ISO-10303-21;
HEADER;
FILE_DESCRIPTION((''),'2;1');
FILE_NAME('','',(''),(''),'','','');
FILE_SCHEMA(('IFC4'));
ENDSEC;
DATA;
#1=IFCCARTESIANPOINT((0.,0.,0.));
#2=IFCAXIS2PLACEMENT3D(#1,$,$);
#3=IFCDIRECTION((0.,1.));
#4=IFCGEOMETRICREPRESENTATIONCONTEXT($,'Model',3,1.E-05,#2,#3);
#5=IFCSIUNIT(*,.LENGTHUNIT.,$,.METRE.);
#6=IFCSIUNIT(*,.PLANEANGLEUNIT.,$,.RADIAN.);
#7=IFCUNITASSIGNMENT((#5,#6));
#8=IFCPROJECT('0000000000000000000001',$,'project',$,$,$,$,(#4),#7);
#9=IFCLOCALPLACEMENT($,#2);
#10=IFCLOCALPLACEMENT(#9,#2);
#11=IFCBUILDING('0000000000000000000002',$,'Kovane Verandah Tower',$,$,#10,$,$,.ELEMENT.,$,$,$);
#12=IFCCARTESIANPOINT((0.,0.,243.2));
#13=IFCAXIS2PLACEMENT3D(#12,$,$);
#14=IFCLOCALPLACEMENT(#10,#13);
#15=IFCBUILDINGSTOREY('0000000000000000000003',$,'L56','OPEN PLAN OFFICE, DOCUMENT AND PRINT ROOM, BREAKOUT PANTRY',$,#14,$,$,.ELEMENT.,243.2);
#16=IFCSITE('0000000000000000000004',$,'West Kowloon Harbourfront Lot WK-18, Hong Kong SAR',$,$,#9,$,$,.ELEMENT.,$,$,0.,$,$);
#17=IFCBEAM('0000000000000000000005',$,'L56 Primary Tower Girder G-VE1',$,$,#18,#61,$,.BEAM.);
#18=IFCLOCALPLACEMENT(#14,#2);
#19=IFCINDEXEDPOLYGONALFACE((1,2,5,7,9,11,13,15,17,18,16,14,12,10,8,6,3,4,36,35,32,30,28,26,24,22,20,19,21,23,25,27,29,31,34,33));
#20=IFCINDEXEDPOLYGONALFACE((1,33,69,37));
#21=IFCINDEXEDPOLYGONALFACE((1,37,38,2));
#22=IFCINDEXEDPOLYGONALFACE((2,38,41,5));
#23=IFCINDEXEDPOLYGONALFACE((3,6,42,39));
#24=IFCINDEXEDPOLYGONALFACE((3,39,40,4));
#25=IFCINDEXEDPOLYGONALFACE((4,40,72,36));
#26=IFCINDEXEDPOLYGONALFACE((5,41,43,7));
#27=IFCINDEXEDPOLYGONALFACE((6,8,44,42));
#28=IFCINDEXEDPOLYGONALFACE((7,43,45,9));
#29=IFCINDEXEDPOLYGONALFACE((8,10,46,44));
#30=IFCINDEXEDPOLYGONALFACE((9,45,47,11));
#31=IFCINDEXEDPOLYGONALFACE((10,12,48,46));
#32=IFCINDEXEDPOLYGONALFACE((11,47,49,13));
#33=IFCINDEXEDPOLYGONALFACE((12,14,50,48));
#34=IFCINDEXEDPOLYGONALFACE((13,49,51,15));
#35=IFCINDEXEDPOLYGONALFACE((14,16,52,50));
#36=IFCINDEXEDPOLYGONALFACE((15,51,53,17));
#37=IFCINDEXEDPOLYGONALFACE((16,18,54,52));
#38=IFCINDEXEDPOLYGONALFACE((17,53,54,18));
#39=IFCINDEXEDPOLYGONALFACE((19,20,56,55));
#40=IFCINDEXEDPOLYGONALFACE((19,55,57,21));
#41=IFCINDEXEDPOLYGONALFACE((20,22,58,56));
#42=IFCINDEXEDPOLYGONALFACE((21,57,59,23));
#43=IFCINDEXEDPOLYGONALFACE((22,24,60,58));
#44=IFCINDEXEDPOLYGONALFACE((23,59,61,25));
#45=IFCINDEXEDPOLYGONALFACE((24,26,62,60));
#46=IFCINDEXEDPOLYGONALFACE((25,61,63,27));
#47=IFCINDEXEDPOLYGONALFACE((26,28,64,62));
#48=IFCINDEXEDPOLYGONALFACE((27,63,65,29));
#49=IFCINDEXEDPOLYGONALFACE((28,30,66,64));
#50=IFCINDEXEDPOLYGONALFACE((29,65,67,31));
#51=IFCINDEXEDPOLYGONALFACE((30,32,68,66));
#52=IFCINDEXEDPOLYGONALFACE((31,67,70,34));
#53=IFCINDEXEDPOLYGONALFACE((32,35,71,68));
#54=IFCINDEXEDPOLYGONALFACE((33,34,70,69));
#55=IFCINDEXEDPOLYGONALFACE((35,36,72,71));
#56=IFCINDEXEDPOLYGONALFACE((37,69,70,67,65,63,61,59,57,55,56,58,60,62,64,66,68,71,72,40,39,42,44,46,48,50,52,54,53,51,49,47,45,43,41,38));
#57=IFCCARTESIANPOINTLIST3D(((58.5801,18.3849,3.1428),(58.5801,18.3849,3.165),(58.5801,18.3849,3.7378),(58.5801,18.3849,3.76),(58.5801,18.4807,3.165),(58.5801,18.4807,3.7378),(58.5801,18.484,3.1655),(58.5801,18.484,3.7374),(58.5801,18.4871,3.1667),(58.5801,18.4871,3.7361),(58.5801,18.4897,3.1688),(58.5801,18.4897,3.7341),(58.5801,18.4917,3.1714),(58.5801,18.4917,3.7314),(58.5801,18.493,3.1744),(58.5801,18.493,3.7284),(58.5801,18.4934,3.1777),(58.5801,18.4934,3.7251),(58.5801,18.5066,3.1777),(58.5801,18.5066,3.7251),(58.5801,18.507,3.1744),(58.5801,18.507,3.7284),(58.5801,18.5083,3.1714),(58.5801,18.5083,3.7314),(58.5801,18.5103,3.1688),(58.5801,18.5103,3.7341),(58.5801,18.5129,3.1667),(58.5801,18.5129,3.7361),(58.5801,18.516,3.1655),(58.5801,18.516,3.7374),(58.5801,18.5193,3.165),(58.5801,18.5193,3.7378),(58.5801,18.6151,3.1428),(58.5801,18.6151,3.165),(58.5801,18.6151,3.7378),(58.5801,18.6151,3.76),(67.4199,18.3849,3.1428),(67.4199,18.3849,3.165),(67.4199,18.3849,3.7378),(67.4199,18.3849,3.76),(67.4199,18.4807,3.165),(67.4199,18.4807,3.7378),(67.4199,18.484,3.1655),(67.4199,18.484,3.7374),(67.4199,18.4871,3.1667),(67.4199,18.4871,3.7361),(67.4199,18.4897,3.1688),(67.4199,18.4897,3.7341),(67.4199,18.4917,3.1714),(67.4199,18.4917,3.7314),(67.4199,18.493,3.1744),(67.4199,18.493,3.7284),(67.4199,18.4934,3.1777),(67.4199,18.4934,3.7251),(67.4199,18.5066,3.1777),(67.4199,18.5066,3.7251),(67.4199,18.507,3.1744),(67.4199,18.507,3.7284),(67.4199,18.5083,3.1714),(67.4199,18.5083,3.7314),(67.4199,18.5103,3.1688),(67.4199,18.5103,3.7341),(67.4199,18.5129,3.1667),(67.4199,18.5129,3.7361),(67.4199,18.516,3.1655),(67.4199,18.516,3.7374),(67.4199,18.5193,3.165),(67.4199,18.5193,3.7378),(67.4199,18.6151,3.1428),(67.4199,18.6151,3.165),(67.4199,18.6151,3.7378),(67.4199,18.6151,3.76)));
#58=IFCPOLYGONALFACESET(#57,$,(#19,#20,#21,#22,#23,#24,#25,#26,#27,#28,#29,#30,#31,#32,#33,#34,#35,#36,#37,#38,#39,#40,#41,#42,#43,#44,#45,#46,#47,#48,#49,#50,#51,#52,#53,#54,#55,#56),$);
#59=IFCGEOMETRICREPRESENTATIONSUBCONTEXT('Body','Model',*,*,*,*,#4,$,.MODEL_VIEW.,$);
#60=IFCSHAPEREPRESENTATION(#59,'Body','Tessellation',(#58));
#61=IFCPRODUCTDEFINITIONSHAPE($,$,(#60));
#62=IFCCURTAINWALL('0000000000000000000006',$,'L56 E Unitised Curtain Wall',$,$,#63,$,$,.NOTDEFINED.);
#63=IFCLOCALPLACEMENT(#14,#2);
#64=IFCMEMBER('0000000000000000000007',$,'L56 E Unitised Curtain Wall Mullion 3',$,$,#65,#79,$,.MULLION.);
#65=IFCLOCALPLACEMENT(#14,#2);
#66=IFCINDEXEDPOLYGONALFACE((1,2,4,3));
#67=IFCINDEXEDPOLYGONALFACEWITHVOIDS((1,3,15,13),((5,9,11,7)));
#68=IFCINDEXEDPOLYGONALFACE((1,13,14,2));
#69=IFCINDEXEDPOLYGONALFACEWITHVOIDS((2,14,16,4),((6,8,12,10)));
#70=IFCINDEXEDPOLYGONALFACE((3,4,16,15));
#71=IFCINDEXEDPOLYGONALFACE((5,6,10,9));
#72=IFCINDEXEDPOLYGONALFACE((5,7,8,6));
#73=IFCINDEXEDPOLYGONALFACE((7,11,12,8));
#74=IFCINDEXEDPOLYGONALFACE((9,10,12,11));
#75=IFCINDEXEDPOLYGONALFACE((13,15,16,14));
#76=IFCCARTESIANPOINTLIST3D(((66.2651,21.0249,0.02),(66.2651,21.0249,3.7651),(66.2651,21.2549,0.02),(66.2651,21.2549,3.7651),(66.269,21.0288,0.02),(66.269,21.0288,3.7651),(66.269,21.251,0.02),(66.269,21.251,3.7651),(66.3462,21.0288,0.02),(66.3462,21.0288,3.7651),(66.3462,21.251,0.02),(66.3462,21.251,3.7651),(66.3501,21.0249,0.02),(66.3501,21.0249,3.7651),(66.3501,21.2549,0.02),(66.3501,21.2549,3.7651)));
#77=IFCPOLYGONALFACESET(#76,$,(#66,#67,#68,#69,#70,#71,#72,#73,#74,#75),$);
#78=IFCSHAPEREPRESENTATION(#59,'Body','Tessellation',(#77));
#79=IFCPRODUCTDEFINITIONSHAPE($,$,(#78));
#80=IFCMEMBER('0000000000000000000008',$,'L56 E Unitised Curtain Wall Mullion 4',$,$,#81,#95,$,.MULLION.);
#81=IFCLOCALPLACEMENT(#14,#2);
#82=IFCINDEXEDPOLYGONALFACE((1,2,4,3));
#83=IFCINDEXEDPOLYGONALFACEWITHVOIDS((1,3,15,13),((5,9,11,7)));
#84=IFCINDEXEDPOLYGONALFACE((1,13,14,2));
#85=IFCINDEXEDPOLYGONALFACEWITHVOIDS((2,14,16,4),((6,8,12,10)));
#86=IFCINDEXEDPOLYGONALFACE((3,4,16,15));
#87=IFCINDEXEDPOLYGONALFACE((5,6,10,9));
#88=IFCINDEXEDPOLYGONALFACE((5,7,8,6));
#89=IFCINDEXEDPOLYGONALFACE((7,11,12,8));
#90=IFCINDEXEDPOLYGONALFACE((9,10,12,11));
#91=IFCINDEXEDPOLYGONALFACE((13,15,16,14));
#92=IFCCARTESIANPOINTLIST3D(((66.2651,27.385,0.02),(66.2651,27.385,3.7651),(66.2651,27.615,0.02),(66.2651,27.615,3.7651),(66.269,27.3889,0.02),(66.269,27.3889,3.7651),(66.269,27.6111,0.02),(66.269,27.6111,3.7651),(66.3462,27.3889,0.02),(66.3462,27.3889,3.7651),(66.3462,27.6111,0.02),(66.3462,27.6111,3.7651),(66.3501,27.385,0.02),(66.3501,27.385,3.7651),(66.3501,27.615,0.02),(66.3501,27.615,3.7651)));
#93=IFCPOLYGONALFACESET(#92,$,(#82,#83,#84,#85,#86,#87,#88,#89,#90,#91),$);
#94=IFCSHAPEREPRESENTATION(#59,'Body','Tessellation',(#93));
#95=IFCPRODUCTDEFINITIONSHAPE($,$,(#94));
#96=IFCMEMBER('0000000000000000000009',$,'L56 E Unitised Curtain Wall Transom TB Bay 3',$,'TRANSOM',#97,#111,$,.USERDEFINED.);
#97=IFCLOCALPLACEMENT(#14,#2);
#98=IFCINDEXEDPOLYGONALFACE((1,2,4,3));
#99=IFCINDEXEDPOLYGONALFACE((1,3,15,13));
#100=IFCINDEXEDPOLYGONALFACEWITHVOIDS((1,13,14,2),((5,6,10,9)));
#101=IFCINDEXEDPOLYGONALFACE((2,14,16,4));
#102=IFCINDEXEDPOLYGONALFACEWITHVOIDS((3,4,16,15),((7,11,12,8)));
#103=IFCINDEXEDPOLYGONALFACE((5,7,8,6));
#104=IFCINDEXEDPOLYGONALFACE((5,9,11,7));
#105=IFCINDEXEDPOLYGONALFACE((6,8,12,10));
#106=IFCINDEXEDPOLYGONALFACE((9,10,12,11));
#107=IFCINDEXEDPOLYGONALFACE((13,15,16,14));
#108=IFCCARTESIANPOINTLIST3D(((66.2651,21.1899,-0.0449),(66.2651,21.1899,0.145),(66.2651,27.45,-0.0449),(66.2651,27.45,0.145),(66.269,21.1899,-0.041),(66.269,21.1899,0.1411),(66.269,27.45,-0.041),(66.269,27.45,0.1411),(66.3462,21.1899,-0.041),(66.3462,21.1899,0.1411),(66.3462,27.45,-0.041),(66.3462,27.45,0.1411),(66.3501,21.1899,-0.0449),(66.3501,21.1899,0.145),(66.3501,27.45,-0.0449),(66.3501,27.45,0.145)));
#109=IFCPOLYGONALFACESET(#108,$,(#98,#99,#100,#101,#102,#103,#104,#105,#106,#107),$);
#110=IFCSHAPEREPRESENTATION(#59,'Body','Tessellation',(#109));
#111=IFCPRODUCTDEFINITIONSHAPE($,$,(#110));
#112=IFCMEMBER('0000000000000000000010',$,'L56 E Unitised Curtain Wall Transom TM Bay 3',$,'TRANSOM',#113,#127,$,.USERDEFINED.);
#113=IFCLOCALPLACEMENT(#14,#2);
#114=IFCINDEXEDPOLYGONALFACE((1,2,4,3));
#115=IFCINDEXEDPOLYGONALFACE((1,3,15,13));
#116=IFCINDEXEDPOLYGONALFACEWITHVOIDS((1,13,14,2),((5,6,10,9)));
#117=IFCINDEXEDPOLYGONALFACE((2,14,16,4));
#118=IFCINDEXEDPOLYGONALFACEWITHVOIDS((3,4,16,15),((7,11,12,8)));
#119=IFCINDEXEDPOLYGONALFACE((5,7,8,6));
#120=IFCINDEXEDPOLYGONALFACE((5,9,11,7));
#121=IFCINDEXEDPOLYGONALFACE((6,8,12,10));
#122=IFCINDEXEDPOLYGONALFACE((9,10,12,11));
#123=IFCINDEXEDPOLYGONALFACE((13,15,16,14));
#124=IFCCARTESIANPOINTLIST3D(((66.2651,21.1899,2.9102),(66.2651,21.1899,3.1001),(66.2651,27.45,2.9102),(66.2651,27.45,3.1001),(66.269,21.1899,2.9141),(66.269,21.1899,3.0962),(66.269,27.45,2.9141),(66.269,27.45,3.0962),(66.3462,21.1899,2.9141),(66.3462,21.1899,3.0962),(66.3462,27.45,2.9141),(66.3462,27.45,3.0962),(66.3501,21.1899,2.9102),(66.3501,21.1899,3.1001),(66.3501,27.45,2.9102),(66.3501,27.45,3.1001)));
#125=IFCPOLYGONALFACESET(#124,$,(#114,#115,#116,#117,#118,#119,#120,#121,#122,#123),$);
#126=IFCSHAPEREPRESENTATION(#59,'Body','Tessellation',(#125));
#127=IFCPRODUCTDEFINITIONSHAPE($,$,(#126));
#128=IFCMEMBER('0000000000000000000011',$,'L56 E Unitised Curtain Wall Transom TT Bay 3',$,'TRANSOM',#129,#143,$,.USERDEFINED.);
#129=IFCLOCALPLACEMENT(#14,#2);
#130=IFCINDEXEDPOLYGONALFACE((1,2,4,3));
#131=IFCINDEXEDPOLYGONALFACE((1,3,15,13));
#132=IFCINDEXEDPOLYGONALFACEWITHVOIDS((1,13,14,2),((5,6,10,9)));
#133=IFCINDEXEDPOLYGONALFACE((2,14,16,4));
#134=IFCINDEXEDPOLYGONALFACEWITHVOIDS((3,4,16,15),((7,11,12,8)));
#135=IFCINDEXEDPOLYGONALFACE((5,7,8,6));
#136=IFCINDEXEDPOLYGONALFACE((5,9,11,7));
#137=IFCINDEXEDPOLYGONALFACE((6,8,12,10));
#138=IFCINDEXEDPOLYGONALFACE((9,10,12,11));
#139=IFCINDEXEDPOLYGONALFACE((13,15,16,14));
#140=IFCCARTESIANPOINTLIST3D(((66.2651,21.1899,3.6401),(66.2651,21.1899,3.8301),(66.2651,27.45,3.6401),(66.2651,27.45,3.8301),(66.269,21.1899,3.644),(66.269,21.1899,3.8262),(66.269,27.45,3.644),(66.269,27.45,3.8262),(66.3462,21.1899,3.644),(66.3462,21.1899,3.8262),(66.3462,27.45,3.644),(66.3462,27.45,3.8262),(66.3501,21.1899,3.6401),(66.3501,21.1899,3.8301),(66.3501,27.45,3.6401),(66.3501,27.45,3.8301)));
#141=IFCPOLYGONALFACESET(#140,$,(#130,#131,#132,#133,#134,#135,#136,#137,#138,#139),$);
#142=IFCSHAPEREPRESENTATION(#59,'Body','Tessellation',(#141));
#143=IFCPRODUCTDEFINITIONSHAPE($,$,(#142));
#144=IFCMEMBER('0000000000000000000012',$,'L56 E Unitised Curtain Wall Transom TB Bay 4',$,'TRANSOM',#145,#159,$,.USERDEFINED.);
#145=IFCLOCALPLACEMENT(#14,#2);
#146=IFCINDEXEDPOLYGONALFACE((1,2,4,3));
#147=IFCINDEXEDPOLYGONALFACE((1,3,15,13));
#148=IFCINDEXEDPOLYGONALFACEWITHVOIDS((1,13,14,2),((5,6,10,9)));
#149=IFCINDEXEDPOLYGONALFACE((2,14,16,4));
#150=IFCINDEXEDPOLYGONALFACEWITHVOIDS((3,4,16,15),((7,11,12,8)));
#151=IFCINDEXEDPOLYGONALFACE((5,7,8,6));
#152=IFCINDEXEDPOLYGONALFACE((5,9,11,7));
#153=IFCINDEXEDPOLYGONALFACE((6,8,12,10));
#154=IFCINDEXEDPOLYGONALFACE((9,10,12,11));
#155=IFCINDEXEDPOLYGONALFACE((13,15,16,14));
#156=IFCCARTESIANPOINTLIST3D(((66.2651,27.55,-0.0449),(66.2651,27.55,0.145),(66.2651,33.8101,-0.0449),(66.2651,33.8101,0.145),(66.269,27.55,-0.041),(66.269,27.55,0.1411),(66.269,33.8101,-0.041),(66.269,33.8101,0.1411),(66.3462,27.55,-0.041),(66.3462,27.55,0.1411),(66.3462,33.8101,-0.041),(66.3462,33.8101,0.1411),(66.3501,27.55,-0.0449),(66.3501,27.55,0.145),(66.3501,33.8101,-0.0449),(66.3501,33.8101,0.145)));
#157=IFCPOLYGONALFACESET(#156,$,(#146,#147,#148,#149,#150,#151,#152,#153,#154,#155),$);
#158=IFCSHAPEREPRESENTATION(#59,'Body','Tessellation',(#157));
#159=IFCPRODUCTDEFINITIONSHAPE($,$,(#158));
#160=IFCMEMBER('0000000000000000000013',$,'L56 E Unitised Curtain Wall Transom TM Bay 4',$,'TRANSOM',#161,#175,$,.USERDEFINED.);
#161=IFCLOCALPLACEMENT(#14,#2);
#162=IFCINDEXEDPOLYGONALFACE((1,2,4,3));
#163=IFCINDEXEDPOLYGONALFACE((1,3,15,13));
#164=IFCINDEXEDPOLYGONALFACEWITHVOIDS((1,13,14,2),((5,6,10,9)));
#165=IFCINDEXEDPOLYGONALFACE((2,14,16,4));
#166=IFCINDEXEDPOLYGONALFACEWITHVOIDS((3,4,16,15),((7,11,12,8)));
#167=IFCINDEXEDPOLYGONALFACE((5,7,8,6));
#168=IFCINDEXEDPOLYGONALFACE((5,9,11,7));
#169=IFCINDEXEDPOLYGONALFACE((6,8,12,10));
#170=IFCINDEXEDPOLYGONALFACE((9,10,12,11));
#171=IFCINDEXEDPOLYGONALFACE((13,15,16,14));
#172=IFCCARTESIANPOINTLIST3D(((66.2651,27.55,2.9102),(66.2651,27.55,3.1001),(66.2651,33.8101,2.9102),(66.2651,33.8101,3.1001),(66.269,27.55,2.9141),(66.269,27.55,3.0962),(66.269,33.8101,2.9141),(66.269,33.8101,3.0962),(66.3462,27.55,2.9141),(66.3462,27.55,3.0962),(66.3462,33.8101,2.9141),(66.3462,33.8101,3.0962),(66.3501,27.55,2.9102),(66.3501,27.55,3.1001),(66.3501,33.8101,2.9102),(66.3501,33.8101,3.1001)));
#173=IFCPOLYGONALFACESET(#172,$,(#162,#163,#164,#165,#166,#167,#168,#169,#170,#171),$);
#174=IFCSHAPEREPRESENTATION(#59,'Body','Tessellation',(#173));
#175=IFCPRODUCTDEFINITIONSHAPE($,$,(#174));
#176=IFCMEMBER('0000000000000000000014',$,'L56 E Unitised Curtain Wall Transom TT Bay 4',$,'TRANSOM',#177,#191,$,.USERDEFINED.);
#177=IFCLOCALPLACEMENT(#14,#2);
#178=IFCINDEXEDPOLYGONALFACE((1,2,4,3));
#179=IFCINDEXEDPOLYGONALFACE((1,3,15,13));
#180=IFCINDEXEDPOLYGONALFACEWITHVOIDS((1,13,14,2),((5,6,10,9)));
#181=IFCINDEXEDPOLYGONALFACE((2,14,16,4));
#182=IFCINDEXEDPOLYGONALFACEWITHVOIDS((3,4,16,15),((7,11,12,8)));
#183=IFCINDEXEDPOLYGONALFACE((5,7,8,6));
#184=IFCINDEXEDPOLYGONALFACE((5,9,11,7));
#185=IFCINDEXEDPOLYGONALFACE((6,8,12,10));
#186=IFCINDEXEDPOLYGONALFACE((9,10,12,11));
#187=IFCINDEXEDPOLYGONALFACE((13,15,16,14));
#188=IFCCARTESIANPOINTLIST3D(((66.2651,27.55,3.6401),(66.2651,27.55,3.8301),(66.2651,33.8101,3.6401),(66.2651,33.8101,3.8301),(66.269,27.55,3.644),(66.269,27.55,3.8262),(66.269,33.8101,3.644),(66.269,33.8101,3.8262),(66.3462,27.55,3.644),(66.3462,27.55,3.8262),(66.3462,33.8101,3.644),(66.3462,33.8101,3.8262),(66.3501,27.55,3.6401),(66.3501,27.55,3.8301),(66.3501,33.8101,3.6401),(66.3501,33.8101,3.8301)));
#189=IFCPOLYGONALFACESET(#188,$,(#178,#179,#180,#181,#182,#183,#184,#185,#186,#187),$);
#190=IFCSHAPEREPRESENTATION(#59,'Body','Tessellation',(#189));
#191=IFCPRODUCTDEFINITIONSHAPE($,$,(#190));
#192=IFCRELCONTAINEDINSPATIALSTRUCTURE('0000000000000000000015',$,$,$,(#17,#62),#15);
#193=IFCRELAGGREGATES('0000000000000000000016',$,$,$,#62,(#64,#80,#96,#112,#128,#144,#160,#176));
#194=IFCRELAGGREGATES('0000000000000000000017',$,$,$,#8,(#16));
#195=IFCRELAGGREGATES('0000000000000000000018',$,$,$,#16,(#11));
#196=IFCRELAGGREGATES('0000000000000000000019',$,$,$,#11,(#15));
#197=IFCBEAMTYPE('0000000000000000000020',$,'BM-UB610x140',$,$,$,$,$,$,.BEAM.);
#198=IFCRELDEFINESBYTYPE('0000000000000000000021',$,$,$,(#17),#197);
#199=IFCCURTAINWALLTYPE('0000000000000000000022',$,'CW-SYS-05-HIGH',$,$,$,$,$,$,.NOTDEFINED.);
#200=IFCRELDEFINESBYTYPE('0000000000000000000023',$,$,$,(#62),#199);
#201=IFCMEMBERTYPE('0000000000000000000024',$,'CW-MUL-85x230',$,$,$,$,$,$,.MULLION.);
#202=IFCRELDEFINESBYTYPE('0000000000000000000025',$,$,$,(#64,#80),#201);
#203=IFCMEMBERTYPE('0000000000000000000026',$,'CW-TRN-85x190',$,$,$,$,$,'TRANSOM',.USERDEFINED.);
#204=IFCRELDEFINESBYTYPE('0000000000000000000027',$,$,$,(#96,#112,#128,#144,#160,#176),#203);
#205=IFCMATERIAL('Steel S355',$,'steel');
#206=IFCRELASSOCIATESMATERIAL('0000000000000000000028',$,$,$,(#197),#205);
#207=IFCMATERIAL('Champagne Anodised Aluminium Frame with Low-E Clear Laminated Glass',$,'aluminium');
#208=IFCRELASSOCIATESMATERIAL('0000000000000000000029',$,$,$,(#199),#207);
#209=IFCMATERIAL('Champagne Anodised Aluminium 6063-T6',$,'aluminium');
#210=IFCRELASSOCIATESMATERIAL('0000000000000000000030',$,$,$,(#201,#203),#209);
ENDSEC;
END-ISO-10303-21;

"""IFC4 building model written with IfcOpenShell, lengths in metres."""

from ifc_helpers import new_model, si_unit, direction, frame, origin, origin_2d, place, context, subcontext, project, spatial, hollow_rectangle, i_section, extrude, material, material_profile, profile_set, type_object, element, aggregate, save


model = new_model("IFC4")

# Units and contexts
model_context = context("Model", 3, precision=1e-05, world=origin(), true_north=direction((0.0, 1.0)))
body_context = subcontext(model_context, "Body", "Model", "MODEL_VIEW")
ifc_project = project(units=[si_unit("LENGTHUNIT", "METRE"), si_unit("PLANEANGLEUNIT", "RADIAN")], contexts=[model_context])

# Site, building, storey
site_placement = place(None, origin())
site = spatial("IfcSite", under=ifc_project, at=site_placement, Name="West Kowloon Harbourfront Lot WK-18, Hong Kong SAR", CompositionType="ELEMENT", RefElevation=0.0)
building_placement = place(site_placement, origin())
building = spatial("IfcBuilding", under=site, at=building_placement, Name="Kovane Verandah Tower", CompositionType="ELEMENT")
storey_placement = place(building_placement, frame((0.0, 0.0, 243.2)))
storey = spatial("IfcBuildingStorey", under=building, at=storey_placement, Name="L56", Description="OPEN PLAN OFFICE, DOCUMENT AND PRINT ROOM, BREAKOUT PANTRY", CompositionType="ELEMENT", Elevation=243.2)

# Beam
ifc_material_1 = material(Name="Steel S355", Category="steel")
ifc_material_profile_1 = material_profile(ifc_material_1, i_section(OverallWidth=0.2302, OverallDepth=0.6172, WebThickness=0.0132, FlangeThickness=0.0222, FilletRadius=0.0127, at=origin_2d()), Name="UB610x229x140")
ifc_profile_set_1 = profile_set([ifc_material_profile_1], Name="Steel S355")
beam_type_1 = type_object("IfcBeamType", Name="BM-UB610x140", PredefinedType="BEAM", material=ifc_profile_set_1)
beam_1_placement = place(storey_placement, frame((58.5801, 18.5, 3.4514), z_axis=(1.0, 0.0, 0.0), x_axis=(0.0, 1.0, 0.0)))
element("IfcBeam", 1, at=beam_1_placement, inside=storey, type_object=beam_type_1, Name="L56 Primary Tower Girder G-VE1", PredefinedType="BEAM", context=body_context, shape_type="SweptSolid", body=[
    extrude(i_section(OverallWidth=0.2302, OverallDepth=0.6172, WebThickness=0.0132, FlangeThickness=0.0222, FilletRadius=0.0127, at=origin_2d()), origin(), (0.0, 0.0, 1.0), 8.8398),
])

# Curtain wall, members
ifc_material_2 = material(Name="Champagne Anodised Aluminium Frame with Low-E Clear Laminated Glass", Category="aluminium")
curtain_wall_type = type_object("IfcCurtainWallType", Name="CW-SYS-05-HIGH", PredefinedType="NOTDEFINED", material=ifc_material_2)
curtain_wall_placement = place(storey_placement, origin())
curtain_wall = element("IfcCurtainWall", 2, at=curtain_wall_placement, inside=storey, type_object=curtain_wall_type, Name="L56 E Unitised Curtain Wall", PredefinedType="NOTDEFINED")
ifc_material_3 = material(Name="Champagne Anodised Aluminium 6063-T6", Category="aluminium")
ifc_material_profile_2 = material_profile(ifc_material_3, hollow_rectangle(XDim=0.085, YDim=0.23, WallThickness=0.0039, at=origin_2d()), Name="AL85x230x4")
ifc_profile_set_2 = profile_set([ifc_material_profile_2], Name="Champagne Anodised Aluminium 6063-T6")
member_type_1 = type_object("IfcMemberType", Name="CW-MUL-85x230", PredefinedType="MULLION", material=ifc_profile_set_2)
member_1_placement = place(storey_placement, frame((66.3076, 21.1399, 0.02), z_axis=(0.0, 0.0, 1.0), x_axis=(1.0, 0.0, 0.0)))
member_1 = element("IfcMember", 3, at=member_1_placement, type_object=member_type_1, Name="L56 E Unitised Curtain Wall Mullion 3", PredefinedType="MULLION", context=body_context, shape_type="SweptSolid", body=[
    extrude(hollow_rectangle(XDim=0.085, YDim=0.23, WallThickness=0.0039, at=origin_2d()), origin(), (0.0, 0.0, 1.0), 3.7451),
])
member_2_placement = place(storey_placement, frame((66.3076, 27.5, 0.02), z_axis=(0.0, 0.0, 1.0), x_axis=(1.0, 0.0, 0.0)))
member_2 = element("IfcMember", 4, at=member_2_placement, type_object=member_type_1, Name="L56 E Unitised Curtain Wall Mullion 4", PredefinedType="MULLION", context=body_context, shape_type="SweptSolid", body=[
    extrude(hollow_rectangle(XDim=0.085, YDim=0.23, WallThickness=0.0039, at=origin_2d()), origin(), (0.0, 0.0, 1.0), 3.7451),
])
ifc_material_profile_3 = material_profile(ifc_material_3, hollow_rectangle(XDim=0.085, YDim=0.1899, WallThickness=0.0039, at=origin_2d()), Name="AL85x190x4")
ifc_profile_set_3 = profile_set([ifc_material_profile_3], Name="Champagne Anodised Aluminium 6063-T6")
member_type_2 = type_object("IfcMemberType", Name="CW-TRN-85x190", ElementType="TRANSOM", PredefinedType="USERDEFINED", material=ifc_profile_set_3)
member_3_placement = place(storey_placement, frame((66.3076, 21.1899, 0.05), z_axis=(0.0, 1.0, 0.0), x_axis=(-1.0, 0.0, 0.0)))
member_3 = element("IfcMember", 5, at=member_3_placement, type_object=member_type_2, Name="L56 E Unitised Curtain Wall Transom TB Bay 3", ObjectType="TRANSOM", PredefinedType="USERDEFINED", context=body_context, shape_type="SweptSolid", body=[
    extrude(hollow_rectangle(XDim=0.085, YDim=0.1899, WallThickness=0.0039, at=origin_2d()), origin(), (0.0, 0.0, 1.0), 6.26),
])
member_4_placement = place(storey_placement, frame((66.3076, 21.1899, 3.0051), z_axis=(0.0, 1.0, 0.0), x_axis=(-1.0, 0.0, 0.0)))
member_4 = element("IfcMember", 6, at=member_4_placement, type_object=member_type_2, Name="L56 E Unitised Curtain Wall Transom TM Bay 3", ObjectType="TRANSOM", PredefinedType="USERDEFINED", context=body_context, shape_type="SweptSolid", body=[
    extrude(hollow_rectangle(XDim=0.085, YDim=0.1899, WallThickness=0.0039, at=origin_2d()), origin(), (0.0, 0.0, 1.0), 6.26),
])
member_5_placement = place(storey_placement, frame((66.3076, 21.1899, 3.7351), z_axis=(0.0, 1.0, 0.0), x_axis=(-1.0, 0.0, 0.0)))
member_5 = element("IfcMember", 7, at=member_5_placement, type_object=member_type_2, Name="L56 E Unitised Curtain Wall Transom TT Bay 3", ObjectType="TRANSOM", PredefinedType="USERDEFINED", context=body_context, shape_type="SweptSolid", body=[
    extrude(hollow_rectangle(XDim=0.085, YDim=0.1899, WallThickness=0.0039, at=origin_2d()), origin(), (0.0, 0.0, 1.0), 6.26),
])
member_6_placement = place(storey_placement, frame((66.3076, 27.55, 0.05), z_axis=(0.0, 1.0, 0.0), x_axis=(-1.0, 0.0, 0.0)))
member_6 = element("IfcMember", 8, at=member_6_placement, type_object=member_type_2, Name="L56 E Unitised Curtain Wall Transom TB Bay 4", ObjectType="TRANSOM", PredefinedType="USERDEFINED", context=body_context, shape_type="SweptSolid", body=[
    extrude(hollow_rectangle(XDim=0.085, YDim=0.1899, WallThickness=0.0039, at=origin_2d()), origin(), (0.0, 0.0, 1.0), 6.26),
])
member_7_placement = place(storey_placement, frame((66.3076, 27.55, 3.0051), z_axis=(0.0, 1.0, 0.0), x_axis=(-1.0, 0.0, 0.0)))
member_7 = element("IfcMember", 9, at=member_7_placement, type_object=member_type_2, Name="L56 E Unitised Curtain Wall Transom TM Bay 4", ObjectType="TRANSOM", PredefinedType="USERDEFINED", context=body_context, shape_type="SweptSolid", body=[
    extrude(hollow_rectangle(XDim=0.085, YDim=0.1899, WallThickness=0.0039, at=origin_2d()), origin(), (0.0, 0.0, 1.0), 6.26),
])
member_8_placement = place(storey_placement, frame((66.3076, 27.55, 3.7351), z_axis=(0.0, 1.0, 0.0), x_axis=(-1.0, 0.0, 0.0)))
member_8 = element("IfcMember", 10, at=member_8_placement, type_object=member_type_2, Name="L56 E Unitised Curtain Wall Transom TT Bay 4", ObjectType="TRANSOM", PredefinedType="USERDEFINED", context=body_context, shape_type="SweptSolid", body=[
    extrude(hollow_rectangle(XDim=0.085, YDim=0.1899, WallThickness=0.0039, at=origin_2d()), origin(), (0.0, 0.0, 1.0), 6.26),
])

aggregate(curtain_wall, [member_1, member_2, member_3, member_4, member_5, member_6, member_7, member_8])

save(model, "model.ifc")
